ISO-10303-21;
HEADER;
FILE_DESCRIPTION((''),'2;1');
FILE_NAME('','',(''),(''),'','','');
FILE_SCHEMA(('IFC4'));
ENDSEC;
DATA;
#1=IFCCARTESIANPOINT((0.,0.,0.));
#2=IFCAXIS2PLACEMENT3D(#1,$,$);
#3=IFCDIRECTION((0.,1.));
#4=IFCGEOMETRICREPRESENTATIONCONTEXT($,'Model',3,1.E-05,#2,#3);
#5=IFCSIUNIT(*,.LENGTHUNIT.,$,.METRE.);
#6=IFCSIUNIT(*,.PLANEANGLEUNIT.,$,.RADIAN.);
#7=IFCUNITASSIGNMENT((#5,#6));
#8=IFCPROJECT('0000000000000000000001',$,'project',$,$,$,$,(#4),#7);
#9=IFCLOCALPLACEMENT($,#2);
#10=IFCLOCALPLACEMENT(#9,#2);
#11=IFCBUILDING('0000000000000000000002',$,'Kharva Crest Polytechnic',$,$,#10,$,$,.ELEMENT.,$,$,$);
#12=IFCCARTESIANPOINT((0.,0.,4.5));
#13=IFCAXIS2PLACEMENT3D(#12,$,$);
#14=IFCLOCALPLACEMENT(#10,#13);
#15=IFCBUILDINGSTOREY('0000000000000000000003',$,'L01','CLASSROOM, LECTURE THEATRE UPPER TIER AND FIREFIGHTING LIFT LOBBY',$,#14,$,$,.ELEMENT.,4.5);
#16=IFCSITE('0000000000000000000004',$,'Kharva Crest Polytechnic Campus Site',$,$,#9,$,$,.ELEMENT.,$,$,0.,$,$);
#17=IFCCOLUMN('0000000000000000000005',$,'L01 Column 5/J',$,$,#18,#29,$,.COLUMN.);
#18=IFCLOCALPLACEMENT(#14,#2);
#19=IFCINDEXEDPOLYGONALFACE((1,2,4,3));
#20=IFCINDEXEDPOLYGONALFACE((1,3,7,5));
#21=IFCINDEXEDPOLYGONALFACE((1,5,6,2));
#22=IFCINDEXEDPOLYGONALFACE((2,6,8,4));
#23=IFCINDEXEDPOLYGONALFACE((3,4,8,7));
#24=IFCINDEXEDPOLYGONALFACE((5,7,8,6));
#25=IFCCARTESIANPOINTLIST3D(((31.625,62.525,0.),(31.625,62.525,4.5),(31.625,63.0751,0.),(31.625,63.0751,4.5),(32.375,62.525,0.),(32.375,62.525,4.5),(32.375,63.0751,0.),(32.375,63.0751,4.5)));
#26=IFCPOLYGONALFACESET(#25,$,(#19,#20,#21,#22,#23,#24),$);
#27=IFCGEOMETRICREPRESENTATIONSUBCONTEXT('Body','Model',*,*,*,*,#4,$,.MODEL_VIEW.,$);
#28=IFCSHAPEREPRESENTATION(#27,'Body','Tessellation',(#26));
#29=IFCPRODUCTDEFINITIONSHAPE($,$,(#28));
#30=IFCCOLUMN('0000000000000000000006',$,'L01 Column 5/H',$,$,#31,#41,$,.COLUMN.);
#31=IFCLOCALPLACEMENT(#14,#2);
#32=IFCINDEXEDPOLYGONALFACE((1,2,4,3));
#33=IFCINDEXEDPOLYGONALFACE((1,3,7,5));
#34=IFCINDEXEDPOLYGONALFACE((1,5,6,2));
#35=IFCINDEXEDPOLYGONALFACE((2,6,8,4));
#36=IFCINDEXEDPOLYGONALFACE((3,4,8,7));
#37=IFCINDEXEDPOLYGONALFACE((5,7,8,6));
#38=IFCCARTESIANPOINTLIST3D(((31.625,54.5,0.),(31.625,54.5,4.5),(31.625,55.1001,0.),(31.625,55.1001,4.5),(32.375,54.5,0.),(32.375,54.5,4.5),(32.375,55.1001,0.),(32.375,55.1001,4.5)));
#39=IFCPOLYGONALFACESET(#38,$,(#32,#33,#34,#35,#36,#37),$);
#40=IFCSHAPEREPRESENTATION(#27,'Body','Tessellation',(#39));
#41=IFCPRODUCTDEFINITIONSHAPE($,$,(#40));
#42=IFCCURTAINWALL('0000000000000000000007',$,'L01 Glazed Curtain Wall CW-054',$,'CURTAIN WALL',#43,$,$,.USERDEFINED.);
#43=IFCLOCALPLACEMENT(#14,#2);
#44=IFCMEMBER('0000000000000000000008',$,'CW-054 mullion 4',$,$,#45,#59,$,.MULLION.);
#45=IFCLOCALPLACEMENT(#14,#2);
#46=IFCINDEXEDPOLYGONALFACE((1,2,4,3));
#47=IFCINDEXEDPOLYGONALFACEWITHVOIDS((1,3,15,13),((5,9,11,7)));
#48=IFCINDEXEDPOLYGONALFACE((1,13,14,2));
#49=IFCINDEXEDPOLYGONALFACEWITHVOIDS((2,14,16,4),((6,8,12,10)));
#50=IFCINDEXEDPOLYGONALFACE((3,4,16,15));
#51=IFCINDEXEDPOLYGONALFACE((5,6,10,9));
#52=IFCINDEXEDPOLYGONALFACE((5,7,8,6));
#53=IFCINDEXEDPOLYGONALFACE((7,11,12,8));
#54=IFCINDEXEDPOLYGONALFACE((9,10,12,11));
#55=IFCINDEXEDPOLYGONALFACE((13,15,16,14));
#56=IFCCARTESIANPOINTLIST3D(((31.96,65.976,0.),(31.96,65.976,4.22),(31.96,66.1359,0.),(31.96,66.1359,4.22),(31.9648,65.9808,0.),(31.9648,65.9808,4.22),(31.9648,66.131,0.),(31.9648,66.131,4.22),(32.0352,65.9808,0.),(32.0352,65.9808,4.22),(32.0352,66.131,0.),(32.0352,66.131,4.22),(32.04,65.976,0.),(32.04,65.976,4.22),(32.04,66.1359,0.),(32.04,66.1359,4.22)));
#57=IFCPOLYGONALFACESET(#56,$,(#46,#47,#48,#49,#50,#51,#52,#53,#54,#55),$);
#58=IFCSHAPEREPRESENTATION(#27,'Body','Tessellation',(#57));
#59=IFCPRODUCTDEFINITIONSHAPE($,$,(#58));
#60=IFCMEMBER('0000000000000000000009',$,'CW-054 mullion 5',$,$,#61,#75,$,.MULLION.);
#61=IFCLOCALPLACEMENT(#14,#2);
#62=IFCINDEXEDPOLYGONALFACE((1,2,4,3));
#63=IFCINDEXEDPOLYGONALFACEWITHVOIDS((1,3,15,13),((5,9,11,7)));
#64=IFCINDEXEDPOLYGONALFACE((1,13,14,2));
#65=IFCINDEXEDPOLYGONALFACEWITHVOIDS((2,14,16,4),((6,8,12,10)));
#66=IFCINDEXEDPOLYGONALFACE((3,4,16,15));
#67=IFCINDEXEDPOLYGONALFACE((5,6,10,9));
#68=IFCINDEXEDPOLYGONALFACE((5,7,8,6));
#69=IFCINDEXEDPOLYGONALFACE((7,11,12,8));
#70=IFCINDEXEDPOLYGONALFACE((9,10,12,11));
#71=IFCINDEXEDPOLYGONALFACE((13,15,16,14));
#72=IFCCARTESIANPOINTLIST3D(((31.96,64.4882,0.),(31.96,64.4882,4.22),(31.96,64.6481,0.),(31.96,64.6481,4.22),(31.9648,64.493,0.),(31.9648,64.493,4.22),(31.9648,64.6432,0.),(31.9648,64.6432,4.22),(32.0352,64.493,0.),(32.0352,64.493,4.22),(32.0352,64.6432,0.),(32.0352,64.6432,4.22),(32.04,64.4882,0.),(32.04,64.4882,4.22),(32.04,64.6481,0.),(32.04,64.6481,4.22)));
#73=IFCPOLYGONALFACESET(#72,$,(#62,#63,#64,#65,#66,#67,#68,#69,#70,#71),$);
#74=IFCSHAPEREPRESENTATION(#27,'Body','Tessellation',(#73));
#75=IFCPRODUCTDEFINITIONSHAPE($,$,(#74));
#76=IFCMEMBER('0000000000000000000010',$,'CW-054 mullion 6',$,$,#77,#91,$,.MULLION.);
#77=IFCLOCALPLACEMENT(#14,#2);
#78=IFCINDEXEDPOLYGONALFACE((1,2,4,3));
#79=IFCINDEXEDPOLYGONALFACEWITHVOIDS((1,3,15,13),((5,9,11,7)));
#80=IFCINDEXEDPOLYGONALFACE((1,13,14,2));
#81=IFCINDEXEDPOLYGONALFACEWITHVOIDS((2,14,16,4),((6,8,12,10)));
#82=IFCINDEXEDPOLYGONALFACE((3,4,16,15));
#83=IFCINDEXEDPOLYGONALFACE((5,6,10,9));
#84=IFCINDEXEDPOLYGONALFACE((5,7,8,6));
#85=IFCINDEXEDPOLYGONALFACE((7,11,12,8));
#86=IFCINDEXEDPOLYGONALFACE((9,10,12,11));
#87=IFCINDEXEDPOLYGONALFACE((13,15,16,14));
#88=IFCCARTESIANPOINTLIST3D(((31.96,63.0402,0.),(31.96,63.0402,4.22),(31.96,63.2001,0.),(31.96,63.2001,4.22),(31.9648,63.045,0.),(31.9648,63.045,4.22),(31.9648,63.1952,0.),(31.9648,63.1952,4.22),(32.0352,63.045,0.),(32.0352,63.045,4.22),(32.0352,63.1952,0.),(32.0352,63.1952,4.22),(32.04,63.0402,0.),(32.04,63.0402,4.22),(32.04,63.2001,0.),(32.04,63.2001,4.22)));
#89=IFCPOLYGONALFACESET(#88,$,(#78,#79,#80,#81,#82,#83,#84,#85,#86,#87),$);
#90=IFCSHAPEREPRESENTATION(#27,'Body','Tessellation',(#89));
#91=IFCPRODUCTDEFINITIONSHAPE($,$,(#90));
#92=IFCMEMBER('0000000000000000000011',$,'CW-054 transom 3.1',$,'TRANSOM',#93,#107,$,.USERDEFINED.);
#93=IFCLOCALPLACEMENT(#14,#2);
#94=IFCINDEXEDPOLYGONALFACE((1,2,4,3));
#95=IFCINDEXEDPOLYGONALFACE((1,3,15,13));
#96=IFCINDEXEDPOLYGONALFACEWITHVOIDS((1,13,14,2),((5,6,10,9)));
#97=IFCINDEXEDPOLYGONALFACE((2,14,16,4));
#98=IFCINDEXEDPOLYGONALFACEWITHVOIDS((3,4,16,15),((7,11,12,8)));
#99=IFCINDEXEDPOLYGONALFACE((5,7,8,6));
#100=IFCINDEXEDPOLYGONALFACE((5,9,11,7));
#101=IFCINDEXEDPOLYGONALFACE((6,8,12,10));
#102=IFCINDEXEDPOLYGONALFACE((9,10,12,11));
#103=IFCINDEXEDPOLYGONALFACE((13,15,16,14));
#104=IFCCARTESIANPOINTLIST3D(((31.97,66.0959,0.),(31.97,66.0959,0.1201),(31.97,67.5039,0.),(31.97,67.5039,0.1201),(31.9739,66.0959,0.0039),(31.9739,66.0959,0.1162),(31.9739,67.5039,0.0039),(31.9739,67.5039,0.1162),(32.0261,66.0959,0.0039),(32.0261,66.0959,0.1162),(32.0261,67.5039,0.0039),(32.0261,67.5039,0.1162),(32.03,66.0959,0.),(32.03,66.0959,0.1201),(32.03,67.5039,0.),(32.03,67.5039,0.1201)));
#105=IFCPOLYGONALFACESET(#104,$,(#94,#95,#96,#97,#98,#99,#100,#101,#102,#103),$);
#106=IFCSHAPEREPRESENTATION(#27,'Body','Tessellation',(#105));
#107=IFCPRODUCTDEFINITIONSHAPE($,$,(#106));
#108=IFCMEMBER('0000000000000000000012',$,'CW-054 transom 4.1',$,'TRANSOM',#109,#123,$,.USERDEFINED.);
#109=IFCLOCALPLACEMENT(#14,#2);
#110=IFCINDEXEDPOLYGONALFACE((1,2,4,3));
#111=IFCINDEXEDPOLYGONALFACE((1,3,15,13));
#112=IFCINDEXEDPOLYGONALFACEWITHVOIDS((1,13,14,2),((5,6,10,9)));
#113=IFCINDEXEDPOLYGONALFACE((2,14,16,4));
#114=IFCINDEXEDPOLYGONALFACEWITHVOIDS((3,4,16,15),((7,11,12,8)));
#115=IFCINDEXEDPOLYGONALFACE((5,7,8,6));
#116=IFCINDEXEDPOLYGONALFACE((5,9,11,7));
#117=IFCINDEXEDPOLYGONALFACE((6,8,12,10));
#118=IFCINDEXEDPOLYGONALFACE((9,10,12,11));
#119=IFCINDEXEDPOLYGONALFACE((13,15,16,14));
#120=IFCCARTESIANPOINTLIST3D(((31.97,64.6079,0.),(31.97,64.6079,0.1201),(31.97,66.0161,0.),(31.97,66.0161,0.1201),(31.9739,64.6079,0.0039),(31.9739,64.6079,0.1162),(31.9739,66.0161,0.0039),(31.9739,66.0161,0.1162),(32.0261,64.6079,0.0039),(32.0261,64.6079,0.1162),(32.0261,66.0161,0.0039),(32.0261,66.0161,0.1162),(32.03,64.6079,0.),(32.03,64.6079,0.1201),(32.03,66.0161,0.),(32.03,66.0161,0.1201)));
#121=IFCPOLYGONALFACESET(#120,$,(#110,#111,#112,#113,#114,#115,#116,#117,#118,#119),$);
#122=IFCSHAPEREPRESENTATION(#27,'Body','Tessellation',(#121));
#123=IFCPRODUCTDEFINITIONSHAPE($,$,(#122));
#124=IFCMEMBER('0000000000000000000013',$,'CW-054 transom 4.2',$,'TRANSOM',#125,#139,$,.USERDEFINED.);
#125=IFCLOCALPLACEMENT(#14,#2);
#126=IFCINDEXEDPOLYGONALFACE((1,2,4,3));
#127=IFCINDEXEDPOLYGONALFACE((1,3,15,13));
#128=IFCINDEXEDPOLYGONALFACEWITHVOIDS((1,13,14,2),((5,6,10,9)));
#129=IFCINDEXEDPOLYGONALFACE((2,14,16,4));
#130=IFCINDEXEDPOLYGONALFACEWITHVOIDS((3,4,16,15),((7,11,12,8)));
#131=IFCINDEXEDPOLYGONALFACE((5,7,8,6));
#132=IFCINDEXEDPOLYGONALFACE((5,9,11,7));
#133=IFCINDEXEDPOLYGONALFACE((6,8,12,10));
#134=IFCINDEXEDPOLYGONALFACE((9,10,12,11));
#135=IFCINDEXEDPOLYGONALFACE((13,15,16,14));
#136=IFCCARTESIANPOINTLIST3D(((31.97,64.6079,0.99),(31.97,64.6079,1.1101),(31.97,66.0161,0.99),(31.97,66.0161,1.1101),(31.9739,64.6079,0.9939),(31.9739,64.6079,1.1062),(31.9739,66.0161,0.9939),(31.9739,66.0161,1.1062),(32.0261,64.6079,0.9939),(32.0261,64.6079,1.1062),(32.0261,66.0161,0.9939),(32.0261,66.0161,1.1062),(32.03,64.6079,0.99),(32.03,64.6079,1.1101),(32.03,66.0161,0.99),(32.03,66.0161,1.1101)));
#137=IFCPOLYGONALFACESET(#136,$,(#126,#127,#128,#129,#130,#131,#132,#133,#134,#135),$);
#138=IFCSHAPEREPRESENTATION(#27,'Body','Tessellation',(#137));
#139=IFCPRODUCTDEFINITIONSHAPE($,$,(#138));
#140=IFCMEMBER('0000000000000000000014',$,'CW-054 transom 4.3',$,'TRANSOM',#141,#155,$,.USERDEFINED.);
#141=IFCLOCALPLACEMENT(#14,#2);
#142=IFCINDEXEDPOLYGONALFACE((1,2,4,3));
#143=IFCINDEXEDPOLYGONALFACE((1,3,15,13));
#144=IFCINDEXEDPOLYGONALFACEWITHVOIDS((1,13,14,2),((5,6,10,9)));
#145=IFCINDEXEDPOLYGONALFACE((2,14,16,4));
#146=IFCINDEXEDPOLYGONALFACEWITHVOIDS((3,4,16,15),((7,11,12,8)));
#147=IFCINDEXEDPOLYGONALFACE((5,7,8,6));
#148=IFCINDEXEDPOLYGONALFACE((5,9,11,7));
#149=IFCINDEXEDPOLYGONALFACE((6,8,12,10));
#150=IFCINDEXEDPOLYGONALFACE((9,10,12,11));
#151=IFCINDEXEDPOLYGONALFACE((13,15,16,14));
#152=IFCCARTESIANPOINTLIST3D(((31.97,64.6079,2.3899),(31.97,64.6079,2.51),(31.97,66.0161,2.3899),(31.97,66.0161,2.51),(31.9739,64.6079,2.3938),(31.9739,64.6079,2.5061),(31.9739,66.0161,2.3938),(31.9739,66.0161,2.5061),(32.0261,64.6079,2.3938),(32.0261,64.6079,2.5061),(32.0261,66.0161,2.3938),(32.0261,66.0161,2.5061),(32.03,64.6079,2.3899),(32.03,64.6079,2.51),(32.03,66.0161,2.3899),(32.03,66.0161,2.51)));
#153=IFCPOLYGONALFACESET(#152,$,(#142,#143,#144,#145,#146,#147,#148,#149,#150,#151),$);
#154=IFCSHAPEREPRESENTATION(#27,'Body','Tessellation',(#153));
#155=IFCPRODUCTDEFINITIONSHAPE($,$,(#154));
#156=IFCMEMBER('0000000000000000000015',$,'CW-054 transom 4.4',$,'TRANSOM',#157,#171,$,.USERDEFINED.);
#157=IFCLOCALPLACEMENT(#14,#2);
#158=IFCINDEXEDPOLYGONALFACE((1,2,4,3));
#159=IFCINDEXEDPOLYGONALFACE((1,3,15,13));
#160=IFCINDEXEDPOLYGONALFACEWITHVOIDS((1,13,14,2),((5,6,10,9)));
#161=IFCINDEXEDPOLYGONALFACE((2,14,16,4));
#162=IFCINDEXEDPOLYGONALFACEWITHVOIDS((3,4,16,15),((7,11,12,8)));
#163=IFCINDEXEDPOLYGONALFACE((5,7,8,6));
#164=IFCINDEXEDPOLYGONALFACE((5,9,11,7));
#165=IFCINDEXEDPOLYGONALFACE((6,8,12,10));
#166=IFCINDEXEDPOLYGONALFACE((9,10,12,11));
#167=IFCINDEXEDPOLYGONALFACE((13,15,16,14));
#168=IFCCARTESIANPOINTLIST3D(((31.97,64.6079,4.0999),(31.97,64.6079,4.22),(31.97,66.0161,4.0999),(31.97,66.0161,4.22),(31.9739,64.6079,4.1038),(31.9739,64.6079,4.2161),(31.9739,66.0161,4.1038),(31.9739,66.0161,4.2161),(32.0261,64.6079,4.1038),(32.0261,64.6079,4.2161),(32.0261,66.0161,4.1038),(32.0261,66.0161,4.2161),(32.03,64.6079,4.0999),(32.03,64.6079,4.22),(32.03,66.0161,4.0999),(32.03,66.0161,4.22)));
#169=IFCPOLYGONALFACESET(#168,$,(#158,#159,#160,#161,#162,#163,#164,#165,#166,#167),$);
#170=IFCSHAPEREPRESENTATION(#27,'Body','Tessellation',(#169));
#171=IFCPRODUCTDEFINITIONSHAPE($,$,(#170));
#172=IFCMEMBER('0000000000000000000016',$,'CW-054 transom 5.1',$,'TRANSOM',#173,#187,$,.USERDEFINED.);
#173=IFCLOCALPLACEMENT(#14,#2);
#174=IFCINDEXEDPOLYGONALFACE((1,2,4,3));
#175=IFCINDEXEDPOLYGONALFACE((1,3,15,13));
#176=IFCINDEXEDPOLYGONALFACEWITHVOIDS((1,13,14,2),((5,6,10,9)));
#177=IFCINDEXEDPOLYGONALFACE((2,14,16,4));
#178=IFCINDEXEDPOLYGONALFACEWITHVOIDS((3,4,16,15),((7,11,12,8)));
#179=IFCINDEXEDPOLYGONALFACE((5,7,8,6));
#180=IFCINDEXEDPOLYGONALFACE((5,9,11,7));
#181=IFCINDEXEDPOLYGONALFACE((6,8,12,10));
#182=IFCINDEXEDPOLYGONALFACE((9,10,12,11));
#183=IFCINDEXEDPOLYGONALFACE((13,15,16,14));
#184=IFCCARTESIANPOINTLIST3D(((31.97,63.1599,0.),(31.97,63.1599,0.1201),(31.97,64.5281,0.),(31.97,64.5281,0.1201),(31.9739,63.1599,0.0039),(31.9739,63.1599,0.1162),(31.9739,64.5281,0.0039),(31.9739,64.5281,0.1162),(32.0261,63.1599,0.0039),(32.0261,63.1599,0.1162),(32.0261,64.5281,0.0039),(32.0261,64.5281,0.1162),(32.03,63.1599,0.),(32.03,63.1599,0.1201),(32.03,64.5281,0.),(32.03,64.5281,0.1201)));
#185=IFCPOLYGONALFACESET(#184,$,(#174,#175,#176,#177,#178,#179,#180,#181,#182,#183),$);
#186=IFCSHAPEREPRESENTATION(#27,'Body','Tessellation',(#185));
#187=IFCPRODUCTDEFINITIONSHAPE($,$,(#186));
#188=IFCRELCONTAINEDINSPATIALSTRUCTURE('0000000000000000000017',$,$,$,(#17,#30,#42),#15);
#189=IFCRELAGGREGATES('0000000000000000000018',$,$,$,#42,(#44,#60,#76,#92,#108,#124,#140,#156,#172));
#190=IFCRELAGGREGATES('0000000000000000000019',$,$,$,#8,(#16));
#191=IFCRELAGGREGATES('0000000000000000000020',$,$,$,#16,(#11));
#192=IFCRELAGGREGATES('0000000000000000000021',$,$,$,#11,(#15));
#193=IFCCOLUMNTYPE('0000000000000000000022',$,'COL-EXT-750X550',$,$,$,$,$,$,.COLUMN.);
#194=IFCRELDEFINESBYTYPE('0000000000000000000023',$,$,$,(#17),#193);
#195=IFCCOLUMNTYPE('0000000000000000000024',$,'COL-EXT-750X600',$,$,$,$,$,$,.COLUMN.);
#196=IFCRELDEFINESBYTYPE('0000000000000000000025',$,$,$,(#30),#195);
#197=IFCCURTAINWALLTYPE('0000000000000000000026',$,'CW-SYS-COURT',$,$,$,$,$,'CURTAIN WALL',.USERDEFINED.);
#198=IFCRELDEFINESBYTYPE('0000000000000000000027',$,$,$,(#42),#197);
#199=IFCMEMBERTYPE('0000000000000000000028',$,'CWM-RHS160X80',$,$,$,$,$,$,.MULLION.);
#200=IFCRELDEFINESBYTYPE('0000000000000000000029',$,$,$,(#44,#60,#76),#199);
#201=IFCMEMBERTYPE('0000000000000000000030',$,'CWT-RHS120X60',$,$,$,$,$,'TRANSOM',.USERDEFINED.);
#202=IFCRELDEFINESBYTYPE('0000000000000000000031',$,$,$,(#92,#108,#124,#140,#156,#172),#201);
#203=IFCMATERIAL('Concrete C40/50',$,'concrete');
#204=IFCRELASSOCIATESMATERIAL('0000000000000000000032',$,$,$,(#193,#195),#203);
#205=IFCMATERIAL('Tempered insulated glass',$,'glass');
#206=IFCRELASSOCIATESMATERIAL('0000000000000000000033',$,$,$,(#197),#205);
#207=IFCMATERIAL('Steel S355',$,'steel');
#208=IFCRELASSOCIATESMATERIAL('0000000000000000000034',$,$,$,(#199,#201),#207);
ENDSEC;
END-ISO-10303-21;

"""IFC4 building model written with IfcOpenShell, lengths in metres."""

from ifc_helpers import new_model, si_unit, direction, frame, origin, origin_2d, place, context, subcontext, project, spatial, rectangle, hollow_rectangle, extrude, material, material_profile, profile_set, type_object, element, aggregate, save


model = new_model("IFC4")

# Units and contexts
model_context = context("Model", 3, precision=1e-05, world=origin(), true_north=direction((0.0, 1.0)))
body_context = subcontext(model_context, "Body", "Model", "MODEL_VIEW")
ifc_project = project(units=[si_unit("LENGTHUNIT", "METRE"), si_unit("PLANEANGLEUNIT", "RADIAN")], contexts=[model_context])

# Site, building, storey
site_placement = place(None, origin())
site = spatial("IfcSite", under=ifc_project, at=site_placement, Name="Kharva Crest Polytechnic Campus Site", CompositionType="ELEMENT", RefElevation=0.0)
building_placement = place(site_placement, origin())
building = spatial("IfcBuilding", under=site, at=building_placement, Name="Kharva Crest Polytechnic", CompositionType="ELEMENT")
storey_placement = place(building_placement, frame((0.0, 0.0, 4.5)))
storey = spatial("IfcBuildingStorey", under=building, at=storey_placement, Name="L01", Description="CLASSROOM, LECTURE THEATRE UPPER TIER AND FIREFIGHTING LIFT LOBBY", CompositionType="ELEMENT", Elevation=4.5)

# Columns
ifc_material_1 = material(Name="Concrete C40/50", Category="concrete")
ifc_material_profile_1 = material_profile(ifc_material_1, rectangle(XDim=0.75, YDim=0.55, at=origin_2d()), Name="RECT 750 X 550")
ifc_profile_set_1 = profile_set([ifc_material_profile_1], Name="Concrete C40/50")
column_type_1 = type_object("IfcColumnType", Name="COL-EXT-750X550", PredefinedType="COLUMN", material=ifc_profile_set_1)
column_1_placement = place(storey_placement, frame((32.0, 62.8, 0.0), z_axis=(0.0, 0.0, 1.0), x_axis=(1.0, 0.0, 0.0)))
element("IfcColumn", 1, at=column_1_placement, inside=storey, type_object=column_type_1, Name="L01 Column 5/J", PredefinedType="COLUMN", context=body_context, shape_type="SweptSolid", body=[
    extrude(rectangle(XDim=0.75, YDim=0.55, at=origin_2d()), origin(), (0.0, 0.0, 1.0), 4.5),
])
ifc_material_profile_2 = material_profile(ifc_material_1, rectangle(XDim=0.75, YDim=0.6001, at=origin_2d()), Name="RECT 750 X 600")
ifc_profile_set_2 = profile_set([ifc_material_profile_2], Name="Concrete C40/50")
column_type_2 = type_object("IfcColumnType", Name="COL-EXT-750X600", PredefinedType="COLUMN", material=ifc_profile_set_2)
column_2_placement = place(storey_placement, frame((32.0, 54.8, 0.0), z_axis=(0.0, 0.0, 1.0), x_axis=(1.0, 0.0, 0.0)))
element("IfcColumn", 2, at=column_2_placement, inside=storey, type_object=column_type_2, Name="L01 Column 5/H", PredefinedType="COLUMN", context=body_context, shape_type="SweptSolid", body=[
    extrude(rectangle(XDim=0.75, YDim=0.6001, at=origin_2d()), origin(), (0.0, 0.0, 1.0), 4.5),
])

# Curtain wall, members
ifc_material_2 = material(Name="Tempered insulated glass", Category="glass")
curtain_wall_type = type_object("IfcCurtainWallType", Name="CW-SYS-COURT", ElementType="CURTAIN WALL", PredefinedType="USERDEFINED", material=ifc_material_2)
curtain_wall_placement = place(storey_placement, origin())
curtain_wall = element("IfcCurtainWall", 3, at=curtain_wall_placement, inside=storey, type_object=curtain_wall_type, Name="L01 Glazed Curtain Wall CW-054", ObjectType="CURTAIN WALL", PredefinedType="USERDEFINED")
ifc_material_3 = material(Name="Steel S355", Category="steel")
ifc_material_profile_3 = material_profile(ifc_material_3, hollow_rectangle(XDim=0.0801, YDim=0.1599, WallThickness=0.0049, at=origin_2d()), Name="RHS 160X80X5.0")
ifc_profile_set_3 = profile_set([ifc_material_profile_3], Name="Steel S355")
member_type_1 = type_object("IfcMemberType", Name="CWM-RHS160X80", PredefinedType="MULLION", material=ifc_profile_set_3)
member_1_placement = place(storey_placement, frame((32.0, 66.0559, 0.0), z_axis=(0.0, 0.0, 1.0), x_axis=(1.0, 0.0, 0.0)))
member_1 = element("IfcMember", 4, at=member_1_placement, type_object=member_type_1, Name="CW-054 mullion 4", PredefinedType="MULLION", context=body_context, shape_type="SweptSolid", body=[
    extrude(hollow_rectangle(XDim=0.0801, YDim=0.1599, WallThickness=0.0049, at=origin_2d()), origin(), (0.0, 0.0, 1.0), 4.22),
])
member_2_placement = place(storey_placement, frame((32.0, 64.5681, 0.0), z_axis=(0.0, 0.0, 1.0), x_axis=(1.0, 0.0, 0.0)))
member_2 = element("IfcMember", 5, at=member_2_placement, type_object=member_type_1, Name="CW-054 mullion 5", PredefinedType="MULLION", context=body_context, shape_type="SweptSolid", body=[
    extrude(hollow_rectangle(XDim=0.0801, YDim=0.1599, WallThickness=0.0049, at=origin_2d()), origin(), (0.0, 0.0, 1.0), 4.22),
])
member_3_placement = place(storey_placement, frame((32.0, 63.1201, 0.0), z_axis=(0.0, 0.0, 1.0), x_axis=(1.0, 0.0, 0.0)))
member_3 = element("IfcMember", 6, at=member_3_placement, type_object=member_type_1, Name="CW-054 mullion 6", PredefinedType="MULLION", context=body_context, shape_type="SweptSolid", body=[
    extrude(hollow_rectangle(XDim=0.0801, YDim=0.1599, WallThickness=0.0049, at=origin_2d()), origin(), (0.0, 0.0, 1.0), 4.22),
])
ifc_material_profile_4 = material_profile(ifc_material_3, hollow_rectangle(XDim=0.0601, YDim=0.1201, WallThickness=0.0039, at=origin_2d()), Name="RHS 120X60X4.0")
ifc_profile_set_4 = profile_set([ifc_material_profile_4], Name="Steel S355")
member_type_2 = type_object("IfcMemberType", Name="CWT-RHS120X60", ElementType="TRANSOM", PredefinedType="USERDEFINED", material=ifc_profile_set_4)
member_4_placement = place(storey_placement, frame((32.0, 67.5039, 0.0601), z_axis=(0.0, -1.0, 0.0), x_axis=(1.0, 0.0, 0.0)))
member_4 = element("IfcMember", 7, at=member_4_placement, type_object=member_type_2, Name="CW-054 transom 3.1", ObjectType="TRANSOM", PredefinedType="USERDEFINED", context=body_context, shape_type="SweptSolid", body=[
    extrude(hollow_rectangle(XDim=0.0601, YDim=0.1201, WallThickness=0.0039, at=origin_2d()), origin(), (0.0, 0.0, 1.0), 1.408),
])
member_5_placement = place(storey_placement, frame((32.0, 66.0161, 0.0601), z_axis=(0.0, -1.0, 0.0), x_axis=(1.0, 0.0, 0.0)))
member_5 = element("IfcMember", 8, at=member_5_placement, type_object=member_type_2, Name="CW-054 transom 4.1", ObjectType="TRANSOM", PredefinedType="USERDEFINED", context=body_context, shape_type="SweptSolid", body=[
    extrude(hollow_rectangle(XDim=0.0601, YDim=0.1201, WallThickness=0.0039, at=origin_2d()), origin(), (0.0, 0.0, 1.0), 1.4082),
])
member_6_placement = place(storey_placement, frame((32.0, 66.0161, 1.05), z_axis=(0.0, -1.0, 0.0), x_axis=(1.0, 0.0, 0.0)))
member_6 = element("IfcMember", 9, at=member_6_placement, type_object=member_type_2, Name="CW-054 transom 4.2", ObjectType="TRANSOM", PredefinedType="USERDEFINED", context=body_context, shape_type="SweptSolid", body=[
    extrude(hollow_rectangle(XDim=0.0601, YDim=0.1201, WallThickness=0.0039, at=origin_2d()), origin(), (0.0, 0.0, 1.0), 1.4082),
])
member_7_placement = place(storey_placement, frame((32.0, 66.0161, 2.45), z_axis=(0.0, -1.0, 0.0), x_axis=(1.0, 0.0, 0.0)))
member_7 = element("IfcMember", 10, at=member_7_placement, type_object=member_type_2, Name="CW-054 transom 4.3", ObjectType="TRANSOM", PredefinedType="USERDEFINED", context=body_context, shape_type="SweptSolid", body=[
    extrude(hollow_rectangle(XDim=0.0601, YDim=0.1201, WallThickness=0.0039, at=origin_2d()), origin(), (0.0, 0.0, 1.0), 1.4082),
])
member_8_placement = place(storey_placement, frame((32.0, 66.0161, 4.1599), z_axis=(0.0, -1.0, 0.0), x_axis=(1.0, 0.0, 0.0)))
member_8 = element("IfcMember", 11, at=member_8_placement, type_object=member_type_2, Name="CW-054 transom 4.4", ObjectType="TRANSOM", PredefinedType="USERDEFINED", context=body_context, shape_type="SweptSolid", body=[
    extrude(hollow_rectangle(XDim=0.0601, YDim=0.1201, WallThickness=0.0039, at=origin_2d()), origin(), (0.0, 0.0, 1.0), 1.4082),
])
member_9_placement = place(storey_placement, frame((32.0, 64.5281, 0.0601), z_axis=(0.0, -1.0, 0.0), x_axis=(1.0, 0.0, 0.0)))
member_9 = element("IfcMember", 12, at=member_9_placement, type_object=member_type_2, Name="CW-054 transom 5.1", ObjectType="TRANSOM", PredefinedType="USERDEFINED", context=body_context, shape_type="SweptSolid", body=[
    extrude(hollow_rectangle(XDim=0.0601, YDim=0.1201, WallThickness=0.0039, at=origin_2d()), origin(), (0.0, 0.0, 1.0), 1.3682),
])
aggregate(curtain_wall, [member_1, member_2, member_3, member_4, member_5, member_6, member_7, member_8, member_9])

save(model, "model.ifc")
